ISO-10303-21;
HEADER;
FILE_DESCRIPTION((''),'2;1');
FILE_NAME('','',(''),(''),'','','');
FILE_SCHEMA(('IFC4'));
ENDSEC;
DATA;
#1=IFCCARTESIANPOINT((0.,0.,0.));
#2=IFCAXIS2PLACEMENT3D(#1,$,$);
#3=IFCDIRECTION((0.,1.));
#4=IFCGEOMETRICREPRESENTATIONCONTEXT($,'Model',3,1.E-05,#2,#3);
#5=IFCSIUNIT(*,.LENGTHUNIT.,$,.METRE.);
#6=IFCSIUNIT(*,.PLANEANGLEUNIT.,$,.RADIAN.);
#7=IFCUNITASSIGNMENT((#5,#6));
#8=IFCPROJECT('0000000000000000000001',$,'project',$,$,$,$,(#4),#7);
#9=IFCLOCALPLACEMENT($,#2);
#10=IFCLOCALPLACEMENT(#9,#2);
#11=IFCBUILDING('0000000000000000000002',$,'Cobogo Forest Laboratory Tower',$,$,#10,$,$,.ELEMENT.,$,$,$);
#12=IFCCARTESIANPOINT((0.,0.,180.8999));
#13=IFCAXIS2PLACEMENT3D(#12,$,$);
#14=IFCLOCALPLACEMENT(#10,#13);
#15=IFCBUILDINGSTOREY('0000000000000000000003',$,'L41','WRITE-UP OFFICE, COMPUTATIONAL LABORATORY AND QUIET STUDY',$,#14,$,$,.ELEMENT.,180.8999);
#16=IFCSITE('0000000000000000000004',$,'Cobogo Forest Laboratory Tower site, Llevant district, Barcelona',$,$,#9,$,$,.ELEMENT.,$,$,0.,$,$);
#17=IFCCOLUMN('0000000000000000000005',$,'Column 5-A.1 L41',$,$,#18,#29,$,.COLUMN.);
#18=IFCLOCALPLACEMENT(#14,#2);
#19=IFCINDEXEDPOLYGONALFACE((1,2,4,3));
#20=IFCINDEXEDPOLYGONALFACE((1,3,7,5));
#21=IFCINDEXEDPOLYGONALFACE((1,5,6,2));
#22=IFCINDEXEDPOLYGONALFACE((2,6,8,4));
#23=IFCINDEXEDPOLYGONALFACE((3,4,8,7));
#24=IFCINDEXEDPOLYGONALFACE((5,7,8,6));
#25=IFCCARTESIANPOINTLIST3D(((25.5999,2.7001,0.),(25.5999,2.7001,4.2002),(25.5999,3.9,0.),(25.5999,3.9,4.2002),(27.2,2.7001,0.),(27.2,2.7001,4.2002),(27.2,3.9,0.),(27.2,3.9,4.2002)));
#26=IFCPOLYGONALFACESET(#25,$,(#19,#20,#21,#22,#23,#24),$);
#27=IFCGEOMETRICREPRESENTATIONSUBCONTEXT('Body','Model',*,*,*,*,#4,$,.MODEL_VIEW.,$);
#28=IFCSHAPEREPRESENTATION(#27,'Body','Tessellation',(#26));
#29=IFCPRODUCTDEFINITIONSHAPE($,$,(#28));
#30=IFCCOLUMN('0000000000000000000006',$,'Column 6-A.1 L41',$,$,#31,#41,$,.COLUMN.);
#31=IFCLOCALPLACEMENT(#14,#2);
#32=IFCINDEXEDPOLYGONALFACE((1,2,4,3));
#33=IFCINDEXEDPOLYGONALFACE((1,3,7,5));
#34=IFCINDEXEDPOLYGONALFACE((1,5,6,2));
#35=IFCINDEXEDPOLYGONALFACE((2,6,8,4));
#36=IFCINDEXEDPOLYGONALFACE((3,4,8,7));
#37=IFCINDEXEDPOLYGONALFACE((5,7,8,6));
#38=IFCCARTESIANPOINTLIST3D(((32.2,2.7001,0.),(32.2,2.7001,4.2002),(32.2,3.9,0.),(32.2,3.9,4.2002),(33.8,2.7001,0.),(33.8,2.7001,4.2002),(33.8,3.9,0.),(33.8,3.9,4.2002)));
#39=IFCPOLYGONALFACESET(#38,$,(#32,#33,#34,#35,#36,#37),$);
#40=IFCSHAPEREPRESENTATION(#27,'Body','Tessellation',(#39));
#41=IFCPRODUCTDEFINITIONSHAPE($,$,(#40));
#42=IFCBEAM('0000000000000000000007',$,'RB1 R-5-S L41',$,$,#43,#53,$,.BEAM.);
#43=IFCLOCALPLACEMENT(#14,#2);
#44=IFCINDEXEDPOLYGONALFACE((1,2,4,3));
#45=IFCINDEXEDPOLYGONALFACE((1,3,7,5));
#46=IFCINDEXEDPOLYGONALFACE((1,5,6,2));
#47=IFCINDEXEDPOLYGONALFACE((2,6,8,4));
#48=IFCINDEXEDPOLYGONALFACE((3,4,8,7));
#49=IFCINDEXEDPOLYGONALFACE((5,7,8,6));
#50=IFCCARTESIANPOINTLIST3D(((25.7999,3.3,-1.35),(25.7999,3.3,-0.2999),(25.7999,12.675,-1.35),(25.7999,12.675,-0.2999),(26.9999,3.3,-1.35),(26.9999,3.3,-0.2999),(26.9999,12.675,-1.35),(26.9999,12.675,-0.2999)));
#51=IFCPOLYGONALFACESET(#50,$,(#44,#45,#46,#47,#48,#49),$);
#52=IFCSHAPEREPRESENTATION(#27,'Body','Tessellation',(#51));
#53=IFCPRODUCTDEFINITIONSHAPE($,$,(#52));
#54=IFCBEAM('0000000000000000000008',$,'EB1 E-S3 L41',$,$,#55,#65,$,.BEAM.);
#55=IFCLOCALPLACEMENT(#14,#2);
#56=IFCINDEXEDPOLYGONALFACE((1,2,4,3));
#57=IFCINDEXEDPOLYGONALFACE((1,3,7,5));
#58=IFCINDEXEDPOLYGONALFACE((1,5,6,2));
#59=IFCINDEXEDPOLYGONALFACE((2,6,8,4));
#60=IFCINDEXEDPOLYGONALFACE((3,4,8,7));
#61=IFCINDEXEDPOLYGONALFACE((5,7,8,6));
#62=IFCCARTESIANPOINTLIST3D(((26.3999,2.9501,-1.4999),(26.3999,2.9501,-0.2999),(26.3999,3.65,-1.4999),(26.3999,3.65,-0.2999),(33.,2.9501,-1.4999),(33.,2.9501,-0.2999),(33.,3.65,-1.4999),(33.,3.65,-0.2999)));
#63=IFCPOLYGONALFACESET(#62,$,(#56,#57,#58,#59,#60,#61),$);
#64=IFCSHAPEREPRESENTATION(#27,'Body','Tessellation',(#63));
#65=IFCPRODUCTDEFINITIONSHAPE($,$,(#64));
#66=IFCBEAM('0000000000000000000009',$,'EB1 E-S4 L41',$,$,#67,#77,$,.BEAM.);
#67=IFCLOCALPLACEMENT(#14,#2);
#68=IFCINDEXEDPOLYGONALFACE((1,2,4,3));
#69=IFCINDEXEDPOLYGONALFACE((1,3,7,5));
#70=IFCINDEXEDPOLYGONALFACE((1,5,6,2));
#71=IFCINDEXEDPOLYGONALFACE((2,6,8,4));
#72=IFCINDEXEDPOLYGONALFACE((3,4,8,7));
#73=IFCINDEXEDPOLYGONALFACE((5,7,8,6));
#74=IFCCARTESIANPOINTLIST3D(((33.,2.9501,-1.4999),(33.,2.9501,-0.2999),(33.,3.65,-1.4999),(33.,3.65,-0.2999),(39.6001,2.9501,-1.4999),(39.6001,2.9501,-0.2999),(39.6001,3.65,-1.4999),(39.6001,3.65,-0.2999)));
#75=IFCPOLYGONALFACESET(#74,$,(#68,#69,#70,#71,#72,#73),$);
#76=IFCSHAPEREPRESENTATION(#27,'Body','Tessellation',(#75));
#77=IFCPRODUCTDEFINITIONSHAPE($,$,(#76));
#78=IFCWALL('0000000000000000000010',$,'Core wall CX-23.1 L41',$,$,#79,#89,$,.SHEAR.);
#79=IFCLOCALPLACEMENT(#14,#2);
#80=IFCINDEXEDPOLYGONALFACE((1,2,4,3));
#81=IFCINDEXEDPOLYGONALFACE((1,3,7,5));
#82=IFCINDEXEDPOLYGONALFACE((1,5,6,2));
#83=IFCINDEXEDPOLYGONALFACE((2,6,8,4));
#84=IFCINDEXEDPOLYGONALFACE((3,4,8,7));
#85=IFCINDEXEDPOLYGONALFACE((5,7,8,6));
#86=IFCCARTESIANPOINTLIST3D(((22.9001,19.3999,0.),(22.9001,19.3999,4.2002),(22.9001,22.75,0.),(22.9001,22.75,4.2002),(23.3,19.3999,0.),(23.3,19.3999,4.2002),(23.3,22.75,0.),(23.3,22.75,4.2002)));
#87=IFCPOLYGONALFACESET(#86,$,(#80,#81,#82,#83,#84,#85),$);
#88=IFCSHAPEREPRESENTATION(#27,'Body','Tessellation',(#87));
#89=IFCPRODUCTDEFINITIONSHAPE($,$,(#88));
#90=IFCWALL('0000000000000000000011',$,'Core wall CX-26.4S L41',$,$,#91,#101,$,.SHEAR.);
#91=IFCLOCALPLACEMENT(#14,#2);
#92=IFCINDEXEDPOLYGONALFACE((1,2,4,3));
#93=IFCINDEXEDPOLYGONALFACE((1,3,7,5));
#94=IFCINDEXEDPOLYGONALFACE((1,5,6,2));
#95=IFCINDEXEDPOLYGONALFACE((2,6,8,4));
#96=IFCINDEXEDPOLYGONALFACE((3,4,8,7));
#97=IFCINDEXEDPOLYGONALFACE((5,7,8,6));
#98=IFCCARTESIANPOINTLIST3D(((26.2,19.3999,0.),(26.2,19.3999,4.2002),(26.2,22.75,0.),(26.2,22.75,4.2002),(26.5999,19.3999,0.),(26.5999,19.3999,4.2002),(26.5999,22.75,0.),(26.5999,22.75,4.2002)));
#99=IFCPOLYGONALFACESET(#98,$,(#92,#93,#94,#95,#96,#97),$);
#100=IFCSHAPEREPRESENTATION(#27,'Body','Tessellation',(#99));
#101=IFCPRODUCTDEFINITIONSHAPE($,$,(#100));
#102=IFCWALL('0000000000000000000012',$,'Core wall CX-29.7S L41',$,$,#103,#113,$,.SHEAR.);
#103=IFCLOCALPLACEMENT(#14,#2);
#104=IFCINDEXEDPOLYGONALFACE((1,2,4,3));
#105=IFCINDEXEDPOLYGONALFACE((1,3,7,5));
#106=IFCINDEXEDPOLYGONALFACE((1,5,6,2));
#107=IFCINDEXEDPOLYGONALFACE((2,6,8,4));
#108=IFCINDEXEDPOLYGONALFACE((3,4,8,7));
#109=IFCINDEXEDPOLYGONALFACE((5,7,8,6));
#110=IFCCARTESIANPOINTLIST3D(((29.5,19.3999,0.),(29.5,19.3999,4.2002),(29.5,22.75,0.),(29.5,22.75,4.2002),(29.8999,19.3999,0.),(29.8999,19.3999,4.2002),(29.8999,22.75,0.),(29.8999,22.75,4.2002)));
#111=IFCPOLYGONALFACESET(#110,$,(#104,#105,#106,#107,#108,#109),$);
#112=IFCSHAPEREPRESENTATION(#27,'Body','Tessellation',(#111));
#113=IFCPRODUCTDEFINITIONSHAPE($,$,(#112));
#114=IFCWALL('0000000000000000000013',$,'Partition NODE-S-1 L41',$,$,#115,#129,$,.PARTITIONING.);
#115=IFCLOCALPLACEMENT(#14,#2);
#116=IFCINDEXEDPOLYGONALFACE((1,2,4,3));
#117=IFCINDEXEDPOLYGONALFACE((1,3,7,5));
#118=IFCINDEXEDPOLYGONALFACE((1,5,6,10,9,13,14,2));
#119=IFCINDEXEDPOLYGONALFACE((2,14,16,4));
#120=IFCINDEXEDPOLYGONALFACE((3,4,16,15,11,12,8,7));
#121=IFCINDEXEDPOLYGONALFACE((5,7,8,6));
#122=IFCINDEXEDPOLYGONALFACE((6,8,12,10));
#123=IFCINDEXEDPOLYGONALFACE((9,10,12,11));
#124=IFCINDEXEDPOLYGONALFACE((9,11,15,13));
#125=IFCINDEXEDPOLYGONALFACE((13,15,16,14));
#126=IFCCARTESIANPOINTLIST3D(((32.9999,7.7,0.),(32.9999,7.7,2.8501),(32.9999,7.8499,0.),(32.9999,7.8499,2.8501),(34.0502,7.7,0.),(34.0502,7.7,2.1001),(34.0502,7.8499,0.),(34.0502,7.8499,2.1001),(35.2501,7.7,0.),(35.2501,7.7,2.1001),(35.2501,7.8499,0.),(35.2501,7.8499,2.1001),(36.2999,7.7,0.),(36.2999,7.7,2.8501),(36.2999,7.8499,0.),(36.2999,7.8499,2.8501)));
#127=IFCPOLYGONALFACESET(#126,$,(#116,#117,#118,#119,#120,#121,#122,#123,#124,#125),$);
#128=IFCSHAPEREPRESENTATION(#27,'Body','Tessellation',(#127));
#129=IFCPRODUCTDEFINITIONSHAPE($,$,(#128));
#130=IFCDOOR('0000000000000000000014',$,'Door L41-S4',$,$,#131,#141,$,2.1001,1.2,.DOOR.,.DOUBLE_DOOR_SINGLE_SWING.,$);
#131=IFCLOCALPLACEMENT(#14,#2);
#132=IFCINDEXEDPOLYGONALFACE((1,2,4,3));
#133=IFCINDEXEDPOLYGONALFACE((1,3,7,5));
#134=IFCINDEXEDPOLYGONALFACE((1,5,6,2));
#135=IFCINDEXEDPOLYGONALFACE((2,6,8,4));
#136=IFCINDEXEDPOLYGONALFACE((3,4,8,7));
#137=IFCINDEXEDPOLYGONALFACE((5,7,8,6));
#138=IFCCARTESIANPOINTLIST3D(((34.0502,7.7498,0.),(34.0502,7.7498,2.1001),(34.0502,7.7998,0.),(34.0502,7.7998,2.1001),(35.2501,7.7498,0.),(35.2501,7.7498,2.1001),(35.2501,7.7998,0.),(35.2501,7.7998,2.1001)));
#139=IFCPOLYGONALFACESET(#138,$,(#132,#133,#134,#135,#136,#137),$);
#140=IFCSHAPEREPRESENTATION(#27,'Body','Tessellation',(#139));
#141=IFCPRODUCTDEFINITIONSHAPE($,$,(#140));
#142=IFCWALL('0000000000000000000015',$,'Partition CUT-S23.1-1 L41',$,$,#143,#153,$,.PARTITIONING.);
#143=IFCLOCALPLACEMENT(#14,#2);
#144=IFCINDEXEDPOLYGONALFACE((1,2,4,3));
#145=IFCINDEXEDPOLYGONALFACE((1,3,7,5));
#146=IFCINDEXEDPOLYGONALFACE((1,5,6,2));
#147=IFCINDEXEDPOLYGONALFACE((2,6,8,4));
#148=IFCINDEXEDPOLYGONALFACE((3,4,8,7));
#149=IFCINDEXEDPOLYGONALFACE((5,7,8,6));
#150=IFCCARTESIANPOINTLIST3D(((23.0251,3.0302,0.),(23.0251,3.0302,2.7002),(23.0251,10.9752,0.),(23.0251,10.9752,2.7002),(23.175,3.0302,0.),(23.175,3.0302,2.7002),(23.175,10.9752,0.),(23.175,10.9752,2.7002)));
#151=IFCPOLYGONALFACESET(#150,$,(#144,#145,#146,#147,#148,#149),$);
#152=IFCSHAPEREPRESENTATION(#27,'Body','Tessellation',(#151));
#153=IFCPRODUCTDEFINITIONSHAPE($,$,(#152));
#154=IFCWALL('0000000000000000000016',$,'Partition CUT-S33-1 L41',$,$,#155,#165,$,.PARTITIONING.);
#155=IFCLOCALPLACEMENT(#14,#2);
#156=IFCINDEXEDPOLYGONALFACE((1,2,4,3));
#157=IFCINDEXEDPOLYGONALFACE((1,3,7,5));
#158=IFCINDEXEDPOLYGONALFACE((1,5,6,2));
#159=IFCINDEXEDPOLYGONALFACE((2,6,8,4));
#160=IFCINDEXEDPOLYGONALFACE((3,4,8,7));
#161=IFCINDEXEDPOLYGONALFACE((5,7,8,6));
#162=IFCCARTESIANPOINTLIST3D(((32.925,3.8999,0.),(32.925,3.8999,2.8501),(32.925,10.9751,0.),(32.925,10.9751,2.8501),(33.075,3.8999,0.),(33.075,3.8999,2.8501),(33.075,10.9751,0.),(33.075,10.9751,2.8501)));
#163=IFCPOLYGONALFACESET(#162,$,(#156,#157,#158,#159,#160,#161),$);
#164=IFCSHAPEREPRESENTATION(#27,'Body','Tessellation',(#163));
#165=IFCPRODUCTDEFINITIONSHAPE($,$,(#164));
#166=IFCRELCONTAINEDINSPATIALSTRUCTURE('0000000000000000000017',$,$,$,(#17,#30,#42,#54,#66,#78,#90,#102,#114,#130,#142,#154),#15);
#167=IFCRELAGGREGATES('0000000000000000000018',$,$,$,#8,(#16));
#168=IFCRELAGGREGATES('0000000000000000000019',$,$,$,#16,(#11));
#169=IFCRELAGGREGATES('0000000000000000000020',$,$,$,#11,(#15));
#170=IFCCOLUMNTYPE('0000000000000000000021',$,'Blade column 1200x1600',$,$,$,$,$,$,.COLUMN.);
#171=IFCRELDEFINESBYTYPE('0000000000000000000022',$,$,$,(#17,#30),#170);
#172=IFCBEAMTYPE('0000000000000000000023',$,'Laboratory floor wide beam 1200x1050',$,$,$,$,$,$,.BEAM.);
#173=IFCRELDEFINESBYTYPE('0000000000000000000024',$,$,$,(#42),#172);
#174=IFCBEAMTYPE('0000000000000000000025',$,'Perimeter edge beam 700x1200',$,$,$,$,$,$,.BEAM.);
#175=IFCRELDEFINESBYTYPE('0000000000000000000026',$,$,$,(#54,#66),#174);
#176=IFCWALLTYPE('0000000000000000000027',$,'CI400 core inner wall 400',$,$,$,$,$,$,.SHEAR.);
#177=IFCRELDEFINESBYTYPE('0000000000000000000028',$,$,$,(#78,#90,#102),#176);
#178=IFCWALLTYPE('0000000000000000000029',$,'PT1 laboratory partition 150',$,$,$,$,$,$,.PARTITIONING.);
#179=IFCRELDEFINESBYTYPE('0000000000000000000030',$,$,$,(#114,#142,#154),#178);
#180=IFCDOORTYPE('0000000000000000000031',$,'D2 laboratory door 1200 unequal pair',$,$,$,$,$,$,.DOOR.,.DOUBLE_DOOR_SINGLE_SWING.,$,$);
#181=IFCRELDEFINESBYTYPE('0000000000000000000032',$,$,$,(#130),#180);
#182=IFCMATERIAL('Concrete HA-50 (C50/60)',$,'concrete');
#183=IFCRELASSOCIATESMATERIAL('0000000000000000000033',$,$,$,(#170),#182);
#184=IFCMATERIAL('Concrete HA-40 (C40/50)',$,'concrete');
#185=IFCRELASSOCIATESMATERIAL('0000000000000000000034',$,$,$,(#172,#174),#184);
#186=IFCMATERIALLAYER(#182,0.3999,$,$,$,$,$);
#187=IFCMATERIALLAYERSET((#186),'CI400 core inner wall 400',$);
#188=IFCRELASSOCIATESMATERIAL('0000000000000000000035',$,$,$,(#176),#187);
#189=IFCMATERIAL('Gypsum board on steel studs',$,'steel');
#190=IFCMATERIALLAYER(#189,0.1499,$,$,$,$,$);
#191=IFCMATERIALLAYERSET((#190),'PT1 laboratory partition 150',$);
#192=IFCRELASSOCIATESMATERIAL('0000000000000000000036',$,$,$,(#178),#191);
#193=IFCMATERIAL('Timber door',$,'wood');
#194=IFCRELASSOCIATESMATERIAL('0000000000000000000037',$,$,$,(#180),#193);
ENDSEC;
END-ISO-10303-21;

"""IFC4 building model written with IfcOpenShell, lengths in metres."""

from ifc_helpers import new_model, si_unit, direction, frame, frame_2d, origin, origin_2d, place, context, subcontext, project, spatial, rectangle, extrude, material, layer, layer_set, material_profile, profile_set, type_object, element, fill, save


model = new_model("IFC4")

# Units and contexts
model_context = context("Model", 3, precision=1e-05, world=origin(), true_north=direction((0.0, 1.0)))
body_context = subcontext(model_context, "Body", "Model", "MODEL_VIEW")
ifc_project = project(units=[si_unit("LENGTHUNIT", "METRE"), si_unit("PLANEANGLEUNIT", "RADIAN")], contexts=[model_context])

# Site, building, storey
site_placement = place(None, origin())
site = spatial("IfcSite", under=ifc_project, at=site_placement, Name="Cobogo Forest Laboratory Tower site, Llevant district, Barcelona", CompositionType="ELEMENT", RefElevation=0.0)
building_placement = place(site_placement, origin())
building = spatial("IfcBuilding", under=site, at=building_placement, Name="Cobogo Forest Laboratory Tower", CompositionType="ELEMENT")
storey_placement = place(building_placement, frame((0.0, 0.0, 180.8999)))
storey = spatial("IfcBuildingStorey", under=building, at=storey_placement, Name="L41", Description="WRITE-UP OFFICE, COMPUTATIONAL LABORATORY AND QUIET STUDY", CompositionType="ELEMENT", Elevation=180.8999)

# Columns
ifc_material_1 = material(Name="Concrete HA-50 (C50/60)", Category="concrete")
ifc_material_profile_1 = material_profile(ifc_material_1, rectangle(XDim=1.6001, YDim=1.2, at=origin_2d()), Name="RC 1200x1600")
ifc_profile_set_1 = profile_set([ifc_material_profile_1], Name="Concrete HA-50 (C50/60)")
column_type = type_object("IfcColumnType", Name="Blade column 1200x1600", PredefinedType="COLUMN", material=ifc_profile_set_1)
for number, where, z_axis, x_axis, name in (
    (1, (26.3999, 3.3, 0.0), (0.0, 0.0, 1.0), (1.0, 0.0, 0.0), "Column 5-A.1 L41"),
    (2, (33.0, 3.3, 0.0), (0.0, 0.0, 1.0), (1.0, 0.0, 0.0), "Column 6-A.1 L41"),
):
    element("IfcColumn", number, at=place(storey_placement, frame(where, z_axis=z_axis, x_axis=x_axis)), inside=storey, type_object=column_type, Name=name, PredefinedType="COLUMN", context=body_context, shape_type="SweptSolid", body=[
        extrude(rectangle(XDim=1.6001, YDim=1.2, at=origin_2d()), origin(), (0.0, 0.0, 1.0), 4.2002),
    ])

# Beams
ifc_material_2 = material(Name="Concrete HA-40 (C40/50)", Category="concrete")
ifc_material_profile_2 = material_profile(ifc_material_2, rectangle(XDim=1.2, YDim=1.05, at=origin_2d()), Name="RC 1200x1050")
ifc_profile_set_2 = profile_set([ifc_material_profile_2], Name="Concrete HA-40 (C40/50)")
beam_type_1 = type_object("IfcBeamType", Name="Laboratory floor wide beam 1200x1050", PredefinedType="BEAM", material=ifc_profile_set_2)
beam_placement = place(storey_placement, frame((26.3999, 12.675, -0.825), z_axis=(0.0, -1.0, 0.0), x_axis=(1.0, 0.0, 0.0)))
element("IfcBeam", 3, at=beam_placement, inside=storey, type_object=beam_type_1, Name="RB1 R-5-S L41", PredefinedType="BEAM", context=body_context, shape_type="SweptSolid", body=[
    extrude(rectangle(XDim=1.2, YDim=1.05, at=origin_2d()), origin(), (0.0, 0.0, 1.0), 9.375),
])
ifc_material_profile_3 = material_profile(ifc_material_2, rectangle(XDim=0.7, YDim=1.2, at=origin_2d()), Name="RC 700x1200")
ifc_profile_set_3 = profile_set([ifc_material_profile_3], Name="Concrete HA-40 (C40/50)")
beam_type_2 = type_object("IfcBeamType", Name="Perimeter edge beam 700x1200", PredefinedType="BEAM", material=ifc_profile_set_3)
for number, where, z_axis, x_axis, name in (
    (4, (26.3999, 3.3, -0.8999), (1.0, 0.0, 0.0), (0.0, 1.0, 0.0), "EB1 E-S3 L41"),
    (5, (33.0, 3.3, -0.8999), (1.0, 0.0, 0.0), (0.0, 1.0, 0.0), "EB1 E-S4 L41"),
):
    element("IfcBeam", number, at=place(storey_placement, frame(where, z_axis=z_axis, x_axis=x_axis)), inside=storey, type_object=beam_type_2, Name=name, PredefinedType="BEAM", context=body_context, shape_type="SweptSolid", body=[
        extrude(rectangle(XDim=0.7, YDim=1.2, at=origin_2d()), origin(), (0.0, 0.0, 1.0), 6.6001),
    ])

# Walls
ifc_layer_1 = layer(ifc_material_1, 0.3999)
ifc_layer_set_1 = layer_set([ifc_layer_1], Name="CI400 core inner wall 400")
wall_type_1 = type_object("IfcWallType", Name="CI400 core inner wall 400", PredefinedType="SHEAR", material=ifc_layer_set_1)
for number, where, z_axis, x_axis, name in (
    (6, (23.1001, 19.3999, 0.0), (0.0, 0.0, 1.0), (0.0, 1.0, 0.0), "Core wall CX-23.1 L41"),
    (7, (26.3999, 19.3999, 0.0), (0.0, 0.0, 1.0), (0.0, 1.0, 0.0), "Core wall CX-26.4S L41"),
    (8, (29.7, 19.3999, 0.0), (0.0, 0.0, 1.0), (0.0, 1.0, 0.0), "Core wall CX-29.7S L41"),
):
    element("IfcWall", number, at=place(storey_placement, frame(where, z_axis=z_axis, x_axis=x_axis)), inside=storey, type_object=wall_type_1, Name=name, PredefinedType="SHEAR", context=body_context, shape_type="SweptSolid", body=[
        extrude(rectangle(XDim=3.3501, YDim=0.3999, at=frame_2d((1.675, 0.0))), origin(), (0.0, 0.0, 1.0), 4.2002),
    ])

# Wall, opening, door
ifc_material_3 = material(Name="Gypsum board on steel studs", Category="steel")
ifc_layer_2 = layer(ifc_material_3, 0.1499)
ifc_layer_set_2 = layer_set([ifc_layer_2], Name="PT1 laboratory partition 150")
wall_type_2 = type_object("IfcWallType", Name="PT1 laboratory partition 150", PredefinedType="PARTITIONING", material=ifc_layer_set_2)
wall_1_placement = place(storey_placement, frame((33.0, 7.7749, 0.0), z_axis=(0.0, 0.0, 1.0), x_axis=(1.0, 0.0, 0.0)))
wall_1 = element("IfcWall", 9, at=wall_1_placement, inside=storey, type_object=wall_type_2, Name="Partition NODE-S-1 L41", PredefinedType="PARTITIONING", context=body_context, shape_type="SweptSolid", body=[
    extrude(rectangle(XDim=3.3, YDim=0.1499, at=frame_2d((1.6499, 0.0))), origin(), (0.0, 0.0, 1.0), 2.8501),
])
opening_1_placement = place(wall_1_placement, frame((1.05, 0.0, 0.0)))
opening_1 = element("IfcOpeningElement", 10, at=opening_1_placement, cuts=wall_1, PredefinedType="OPENING", context=body_context, shape_type="SweptSolid", body=[
    extrude(rectangle(XDim=1.2, YDim=2.1001, at=frame_2d((0.6001, 1.05))), frame((0.0, 0.085, 0.0), z_axis=(0.0, -1.0, 0.0), x_axis=(1.0, 0.0, 0.0)), (0.0, 0.0, 1.0), 0.1699),
])
ifc_material_4 = material(Name="Timber door", Category="wood")
door_type_1 = type_object("IfcDoorType", Name="D2 laboratory door 1200 unequal pair", OperationType="DOUBLE_DOOR_SINGLE_SWING", PredefinedType="DOOR", material=ifc_material_4)
door_1_placement = place(opening_1_placement, origin())
door_1 = element("IfcDoor", 11, at=door_1_placement, inside=storey, type_object=door_type_1, Name="Door L41-S4", OperationType="DOUBLE_DOOR_SINGLE_SWING", OverallHeight=2.1001, OverallWidth=1.2, PredefinedType="DOOR", context=body_context, shape_type="SweptSolid", body=[
    extrude(rectangle(XDim=1.2, YDim=2.1001, at=frame_2d((0.6001, 1.05))), frame((0.0, 0.0249, 0.0), z_axis=(0.0, -1.0, 0.0), x_axis=(1.0, 0.0, 0.0)), (0.0, 0.0, 1.0), 0.05),
])
fill(opening_1, door_1)

# Walls
wall_2_placement = place(storey_placement, frame((23.1001, 3.03, 0.0), z_axis=(0.0, 0.0, 1.0), x_axis=(0.0, 1.0, 0.0)))
element("IfcWall", 12, at=wall_2_placement, inside=storey, type_object=wall_type_2, Name="Partition CUT-S23.1-1 L41", PredefinedType="PARTITIONING", context=body_context, shape_type="SweptSolid", body=[
    extrude(rectangle(XDim=7.9451, YDim=0.1499, at=frame_2d((3.9727, 0.0))), origin(), (0.0, 0.0, 1.0), 2.7002),
])
wall_3_placement = place(storey_placement, frame((33.0, 3.8999, 0.0), z_axis=(0.0, 0.0, 1.0), x_axis=(0.0, 1.0, 0.0)))
element("IfcWall", 13, at=wall_3_placement, inside=storey, type_object=wall_type_2, Name="Partition CUT-S33-1 L41", PredefinedType="PARTITIONING", context=body_context, shape_type="SweptSolid", body=[
    extrude(rectangle(XDim=7.0752, YDim=0.1499, at=frame_2d((3.5376, 0.0))), origin(), (0.0, 0.0, 1.0), 2.8501),
])

save(model, "model.ifc")
